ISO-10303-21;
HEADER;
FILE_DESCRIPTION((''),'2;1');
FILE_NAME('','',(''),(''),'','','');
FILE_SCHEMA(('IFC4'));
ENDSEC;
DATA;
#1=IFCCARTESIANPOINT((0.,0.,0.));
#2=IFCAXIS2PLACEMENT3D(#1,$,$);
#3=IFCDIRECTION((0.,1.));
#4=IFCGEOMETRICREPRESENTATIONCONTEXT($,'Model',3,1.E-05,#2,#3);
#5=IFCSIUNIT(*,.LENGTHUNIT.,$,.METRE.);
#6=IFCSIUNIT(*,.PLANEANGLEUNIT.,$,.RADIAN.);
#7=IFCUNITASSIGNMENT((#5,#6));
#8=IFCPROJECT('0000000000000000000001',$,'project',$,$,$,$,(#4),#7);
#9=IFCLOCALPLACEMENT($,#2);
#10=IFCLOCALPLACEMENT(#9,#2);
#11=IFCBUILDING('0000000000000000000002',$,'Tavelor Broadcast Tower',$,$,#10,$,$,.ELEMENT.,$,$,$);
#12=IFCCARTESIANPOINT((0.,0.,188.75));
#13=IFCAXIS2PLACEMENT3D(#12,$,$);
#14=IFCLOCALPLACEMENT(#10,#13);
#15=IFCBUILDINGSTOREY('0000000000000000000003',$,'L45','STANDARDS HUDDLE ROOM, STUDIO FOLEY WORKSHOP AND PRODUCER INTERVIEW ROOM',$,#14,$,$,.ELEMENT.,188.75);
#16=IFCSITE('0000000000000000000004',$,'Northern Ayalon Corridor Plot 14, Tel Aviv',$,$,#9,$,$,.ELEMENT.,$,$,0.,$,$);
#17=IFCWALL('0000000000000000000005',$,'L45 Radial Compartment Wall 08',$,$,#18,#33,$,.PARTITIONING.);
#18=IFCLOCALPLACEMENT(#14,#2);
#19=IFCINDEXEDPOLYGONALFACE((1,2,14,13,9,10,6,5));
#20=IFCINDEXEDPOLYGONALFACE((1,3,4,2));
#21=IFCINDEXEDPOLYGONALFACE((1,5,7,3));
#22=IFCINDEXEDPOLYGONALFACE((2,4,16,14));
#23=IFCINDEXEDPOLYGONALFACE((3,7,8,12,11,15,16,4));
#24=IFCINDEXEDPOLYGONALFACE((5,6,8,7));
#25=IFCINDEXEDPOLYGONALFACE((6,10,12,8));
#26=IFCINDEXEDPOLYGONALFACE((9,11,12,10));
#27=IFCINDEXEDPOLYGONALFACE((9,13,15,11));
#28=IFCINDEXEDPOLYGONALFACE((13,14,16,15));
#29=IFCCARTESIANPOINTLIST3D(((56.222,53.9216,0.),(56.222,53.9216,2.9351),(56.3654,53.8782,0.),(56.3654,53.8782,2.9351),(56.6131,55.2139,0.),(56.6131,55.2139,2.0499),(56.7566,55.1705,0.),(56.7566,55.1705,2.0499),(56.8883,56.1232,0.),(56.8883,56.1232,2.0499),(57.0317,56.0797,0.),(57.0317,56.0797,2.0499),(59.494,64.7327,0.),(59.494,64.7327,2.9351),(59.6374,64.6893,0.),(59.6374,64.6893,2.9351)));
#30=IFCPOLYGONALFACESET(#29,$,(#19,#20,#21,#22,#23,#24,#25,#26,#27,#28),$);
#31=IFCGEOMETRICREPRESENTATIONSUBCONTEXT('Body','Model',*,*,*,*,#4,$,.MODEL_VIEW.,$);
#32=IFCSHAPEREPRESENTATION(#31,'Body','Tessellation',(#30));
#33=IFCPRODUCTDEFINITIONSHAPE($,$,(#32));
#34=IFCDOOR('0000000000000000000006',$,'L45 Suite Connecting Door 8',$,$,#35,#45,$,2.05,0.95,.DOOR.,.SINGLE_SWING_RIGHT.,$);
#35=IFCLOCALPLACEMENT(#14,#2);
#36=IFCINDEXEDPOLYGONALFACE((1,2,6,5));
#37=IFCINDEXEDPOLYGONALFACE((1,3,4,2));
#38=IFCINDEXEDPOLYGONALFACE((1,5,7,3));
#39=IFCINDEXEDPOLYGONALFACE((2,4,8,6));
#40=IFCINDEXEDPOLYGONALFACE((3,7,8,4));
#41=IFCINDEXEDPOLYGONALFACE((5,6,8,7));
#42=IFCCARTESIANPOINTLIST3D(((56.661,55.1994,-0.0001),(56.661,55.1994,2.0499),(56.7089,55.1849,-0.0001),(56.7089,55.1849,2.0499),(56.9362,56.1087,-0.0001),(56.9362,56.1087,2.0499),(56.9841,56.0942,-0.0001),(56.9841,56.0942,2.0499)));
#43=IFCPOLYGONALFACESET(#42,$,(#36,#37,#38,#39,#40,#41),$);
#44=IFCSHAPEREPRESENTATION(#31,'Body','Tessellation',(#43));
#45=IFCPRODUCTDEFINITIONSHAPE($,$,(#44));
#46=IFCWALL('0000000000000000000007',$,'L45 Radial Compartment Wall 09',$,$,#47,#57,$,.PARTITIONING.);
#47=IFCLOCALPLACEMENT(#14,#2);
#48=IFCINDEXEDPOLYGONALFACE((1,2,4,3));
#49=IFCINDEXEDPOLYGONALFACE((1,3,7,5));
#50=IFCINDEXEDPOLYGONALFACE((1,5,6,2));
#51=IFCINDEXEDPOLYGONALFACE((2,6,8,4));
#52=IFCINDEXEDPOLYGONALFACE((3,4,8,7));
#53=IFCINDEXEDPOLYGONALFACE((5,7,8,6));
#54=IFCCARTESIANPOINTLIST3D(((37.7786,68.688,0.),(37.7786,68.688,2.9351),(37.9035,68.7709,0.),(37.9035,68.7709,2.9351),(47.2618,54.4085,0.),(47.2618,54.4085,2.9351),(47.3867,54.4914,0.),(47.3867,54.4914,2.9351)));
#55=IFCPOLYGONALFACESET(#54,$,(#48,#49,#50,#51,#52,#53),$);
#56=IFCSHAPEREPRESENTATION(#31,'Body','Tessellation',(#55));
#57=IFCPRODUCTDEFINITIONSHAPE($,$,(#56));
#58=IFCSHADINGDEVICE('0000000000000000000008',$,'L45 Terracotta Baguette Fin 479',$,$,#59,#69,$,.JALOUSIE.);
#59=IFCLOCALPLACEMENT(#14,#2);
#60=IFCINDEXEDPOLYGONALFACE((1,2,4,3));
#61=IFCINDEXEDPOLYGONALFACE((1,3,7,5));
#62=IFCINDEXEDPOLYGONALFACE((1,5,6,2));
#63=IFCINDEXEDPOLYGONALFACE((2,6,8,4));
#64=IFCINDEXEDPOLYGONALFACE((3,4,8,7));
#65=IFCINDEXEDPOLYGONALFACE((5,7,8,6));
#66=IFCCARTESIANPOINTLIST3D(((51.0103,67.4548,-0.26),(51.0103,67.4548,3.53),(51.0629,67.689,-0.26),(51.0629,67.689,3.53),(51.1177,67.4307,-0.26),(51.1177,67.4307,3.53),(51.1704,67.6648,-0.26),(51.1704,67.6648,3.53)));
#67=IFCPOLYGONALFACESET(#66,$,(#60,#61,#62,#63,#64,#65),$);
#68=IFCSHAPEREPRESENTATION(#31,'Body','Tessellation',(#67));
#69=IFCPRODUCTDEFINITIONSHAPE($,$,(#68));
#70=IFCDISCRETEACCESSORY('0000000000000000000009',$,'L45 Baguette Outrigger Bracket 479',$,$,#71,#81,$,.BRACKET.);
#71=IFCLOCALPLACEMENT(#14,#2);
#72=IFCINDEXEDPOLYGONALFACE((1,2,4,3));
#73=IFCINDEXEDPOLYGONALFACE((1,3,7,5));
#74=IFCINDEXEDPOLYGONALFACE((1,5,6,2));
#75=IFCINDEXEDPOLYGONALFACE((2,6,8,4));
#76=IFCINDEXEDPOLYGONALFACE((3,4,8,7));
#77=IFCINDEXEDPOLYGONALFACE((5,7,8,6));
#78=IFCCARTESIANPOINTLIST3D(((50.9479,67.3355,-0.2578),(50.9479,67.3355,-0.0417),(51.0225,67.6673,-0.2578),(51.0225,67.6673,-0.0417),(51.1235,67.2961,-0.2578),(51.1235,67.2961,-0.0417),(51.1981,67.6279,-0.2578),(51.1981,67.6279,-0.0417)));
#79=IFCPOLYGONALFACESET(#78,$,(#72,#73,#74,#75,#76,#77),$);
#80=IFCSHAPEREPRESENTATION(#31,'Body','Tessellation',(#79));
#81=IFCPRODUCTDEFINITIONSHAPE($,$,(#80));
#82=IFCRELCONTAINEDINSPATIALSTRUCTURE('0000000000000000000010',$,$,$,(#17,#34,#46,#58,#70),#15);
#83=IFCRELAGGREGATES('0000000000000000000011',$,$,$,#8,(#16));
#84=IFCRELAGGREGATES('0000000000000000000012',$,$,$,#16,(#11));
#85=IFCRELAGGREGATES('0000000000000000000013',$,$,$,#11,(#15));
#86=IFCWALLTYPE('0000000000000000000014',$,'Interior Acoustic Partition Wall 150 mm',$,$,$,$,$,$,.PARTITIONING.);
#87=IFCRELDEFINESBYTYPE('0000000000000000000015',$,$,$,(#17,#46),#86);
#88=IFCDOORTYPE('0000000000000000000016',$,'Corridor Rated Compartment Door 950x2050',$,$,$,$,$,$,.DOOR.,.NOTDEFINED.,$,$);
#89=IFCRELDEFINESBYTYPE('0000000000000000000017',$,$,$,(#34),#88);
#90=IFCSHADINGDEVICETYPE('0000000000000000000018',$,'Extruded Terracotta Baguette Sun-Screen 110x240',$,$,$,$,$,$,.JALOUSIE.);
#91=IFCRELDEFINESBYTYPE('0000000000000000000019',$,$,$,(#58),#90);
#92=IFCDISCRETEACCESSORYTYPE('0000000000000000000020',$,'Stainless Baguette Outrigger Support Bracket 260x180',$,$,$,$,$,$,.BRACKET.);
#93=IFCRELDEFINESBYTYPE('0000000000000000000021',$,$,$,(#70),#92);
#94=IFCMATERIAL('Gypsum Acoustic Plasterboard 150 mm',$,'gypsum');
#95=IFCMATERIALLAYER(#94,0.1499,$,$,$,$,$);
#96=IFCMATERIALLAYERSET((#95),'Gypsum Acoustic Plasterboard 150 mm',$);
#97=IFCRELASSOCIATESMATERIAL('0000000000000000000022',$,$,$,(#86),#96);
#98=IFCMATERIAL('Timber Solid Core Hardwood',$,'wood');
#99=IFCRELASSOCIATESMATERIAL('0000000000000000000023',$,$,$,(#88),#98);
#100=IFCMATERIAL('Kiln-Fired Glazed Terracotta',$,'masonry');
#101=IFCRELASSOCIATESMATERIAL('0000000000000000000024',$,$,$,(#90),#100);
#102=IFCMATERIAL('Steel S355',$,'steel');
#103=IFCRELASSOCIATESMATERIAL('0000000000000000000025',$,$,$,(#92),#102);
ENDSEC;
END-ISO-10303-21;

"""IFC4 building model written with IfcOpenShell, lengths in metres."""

from ifc_helpers import new_model, si_unit, direction, frame, frame_2d, origin, origin_2d, place, context, subcontext, project, spatial, rectangle, extrude, source, transform, mapped, material, layer, layer_set, type_object, type_shapes, element, fill, save


model = new_model("IFC4")

# Units and contexts
model_context = context("Model", 3, precision=1e-05, world=origin(), true_north=direction((0.0, 1.0)))
body_context = subcontext(model_context, "Body", "Model", "MODEL_VIEW")
ifc_project = project(units=[si_unit("LENGTHUNIT", "METRE"), si_unit("PLANEANGLEUNIT", "RADIAN")], contexts=[model_context])

# Site, building, storey
site_placement = place(None, origin())
site = spatial("IfcSite", under=ifc_project, at=site_placement, Name="Northern Ayalon Corridor Plot 14, Tel Aviv", CompositionType="ELEMENT", RefElevation=0.0)
building_placement = place(site_placement, origin())
building = spatial("IfcBuilding", under=site, at=building_placement, Name="Tavelor Broadcast Tower", CompositionType="ELEMENT")
storey_placement = place(building_placement, frame((0.0, 0.0, 188.75)))
storey = spatial("IfcBuildingStorey", under=building, at=storey_placement, Name="L45", Description="STANDARDS HUDDLE ROOM, STUDIO FOLEY WORKSHOP AND PRODUCER INTERVIEW ROOM", CompositionType="ELEMENT", Elevation=188.75)

# Shared definitions
ifc_material_1 = material(Name="Steel S355", Category="steel")

# Wall, opening, door
ifc_material_2 = material(Name="Gypsum Acoustic Plasterboard 150 mm", Category="gypsum")
ifc_layer_1 = layer(ifc_material_2, 0.1499)
ifc_layer_set_1 = layer_set([ifc_layer_1], Name="Gypsum Acoustic Plasterboard 150 mm")
wall_type = type_object("IfcWallType", Name="Interior Acoustic Partition Wall 150 mm", PredefinedType="PARTITIONING", material=ifc_layer_set_1)
wall_1_placement = place(storey_placement, frame((56.2937, 53.8999, 0.0), z_axis=(0.0, 0.0, 1.0), x_axis=(0.289675, 0.957125, 0.0)))
wall_1 = element("IfcWall", 1, at=wall_1_placement, inside=storey, type_object=wall_type, Name="L45 Radial Compartment Wall 08", PredefinedType="PARTITIONING", context=body_context, shape_type="SweptSolid", body=[
    extrude(rectangle(XDim=11.2954, YDim=0.1499, at=frame_2d((5.6477, 0.0))), origin(), (0.0, 0.0, 1.0), 2.9351),
])
opening_placement = place(wall_1_placement, frame((1.3501, 0.0, 0.0)))
opening = element("IfcOpeningElement", 2, at=opening_placement, cuts=wall_1, PredefinedType="OPENING", context=body_context, shape_type="SweptSolid", body=[
    extrude(rectangle(XDim=0.95, YDim=2.05, at=frame_2d((0.4751, 1.0249))), frame((0.0, 0.085, 0.0), z_axis=(0.0, -1.0, 0.0), x_axis=(1.0, 0.0, 0.0)), (0.0, 0.0, 1.0), 0.1699),
])
ifc_material_3 = material(Name="Timber Solid Core Hardwood", Category="wood")
door_type = type_object("IfcDoorType", Name="Corridor Rated Compartment Door 950x2050", OperationType="NOTDEFINED", PredefinedType="DOOR", material=ifc_material_3)
door_placement = place(opening_placement, origin())
door = element("IfcDoor", 3, at=door_placement, inside=storey, type_object=door_type, Name="L45 Suite Connecting Door 8", OperationType="SINGLE_SWING_RIGHT", OverallHeight=2.05, OverallWidth=0.95, PredefinedType="DOOR", context=body_context, shape_type="SweptSolid", body=[
    extrude(rectangle(XDim=0.95, YDim=2.05, at=frame_2d((0.4751, 1.0249))), frame((0.0, 0.0249, 0.0), z_axis=(0.0, -1.0, 0.0), x_axis=(1.0, 0.0, 0.0)), (0.0, 0.0, 1.0), 0.05),
])
fill(opening, door)

# Wall
wall_2_placement = place(storey_placement, frame((47.3242, 54.45, 0.0), z_axis=(0.0, 0.0, 1.0), x_axis=(-0.553224, 0.833033, 0.0)))
element("IfcWall", 4, at=wall_2_placement, inside=storey, type_object=wall_type, Name="L45 Radial Compartment Wall 09", PredefinedType="PARTITIONING", context=body_context, shape_type="SweptSolid", body=[
    extrude(rectangle(XDim=17.1416, YDim=0.1499, at=frame_2d((8.5708, 0.0))), origin(), (0.0, 0.0, 1.0), 2.9351),
])

# Shading device
ifc_material_4 = material(Name="Kiln-Fired Glazed Terracotta", Category="masonry")
shading_device_type = type_object("IfcShadingDeviceType", Name="Extruded Terracotta Baguette Sun-Screen 110x240", PredefinedType="JALOUSIE", material=ifc_material_4)
shared_shape_1 = source(origin(), body_context, "Body", "SweptSolid", [
    extrude(rectangle(XDim=0.1101, YDim=0.24, at=origin_2d()), origin(), (0.0, 0.0, 1.0), 3.79),
])
type_shapes(shading_device_type, [shared_shape_1])
shading_device_placement = place(storey_placement, frame((51.0903, 67.5598, -0.26), z_axis=(0.0, 0.0, 1.0), x_axis=(-0.97565, 0.219335, 0.0)))
element("IfcShadingDevice", 5, at=shading_device_placement, inside=storey, type_object=shading_device_type, Name="L45 Terracotta Baguette Fin 479", PredefinedType="JALOUSIE", context=body_context, shape_type="MappedRepresentation", body=[
    mapped(shared_shape_1, transform((0.0, 0.0, 0.0), scale=1.0)),
])

# Discrete accessory
discrete_accessory_type = type_object("IfcDiscreteAccessoryType", Name="Stainless Baguette Outrigger Support Bracket 260x180", PredefinedType="BRACKET", material=ifc_material_1)
shared_shape_2 = source(origin(), body_context, "Body", "SweptSolid", [
    extrude(rectangle(XDim=0.1799, YDim=0.3401, at=origin_2d()), origin(), (0.0, 0.0, 1.0), 0.2161),
])
type_shapes(discrete_accessory_type, [shared_shape_2])
discrete_accessory_placement = place(storey_placement, frame((51.073, 67.4817, -0.2578), z_axis=(0.0, 0.0, 1.0), x_axis=(-0.97565, 0.219335, 0.0)))
element("IfcDiscreteAccessory", 6, at=discrete_accessory_placement, inside=storey, type_object=discrete_accessory_type, Name="L45 Baguette Outrigger Bracket 479", PredefinedType="BRACKET", context=body_context, shape_type="MappedRepresentation", body=[
    mapped(shared_shape_2, transform((0.0, 0.0, 0.0), scale=1.0)),
])

save(model, "model.ifc")
